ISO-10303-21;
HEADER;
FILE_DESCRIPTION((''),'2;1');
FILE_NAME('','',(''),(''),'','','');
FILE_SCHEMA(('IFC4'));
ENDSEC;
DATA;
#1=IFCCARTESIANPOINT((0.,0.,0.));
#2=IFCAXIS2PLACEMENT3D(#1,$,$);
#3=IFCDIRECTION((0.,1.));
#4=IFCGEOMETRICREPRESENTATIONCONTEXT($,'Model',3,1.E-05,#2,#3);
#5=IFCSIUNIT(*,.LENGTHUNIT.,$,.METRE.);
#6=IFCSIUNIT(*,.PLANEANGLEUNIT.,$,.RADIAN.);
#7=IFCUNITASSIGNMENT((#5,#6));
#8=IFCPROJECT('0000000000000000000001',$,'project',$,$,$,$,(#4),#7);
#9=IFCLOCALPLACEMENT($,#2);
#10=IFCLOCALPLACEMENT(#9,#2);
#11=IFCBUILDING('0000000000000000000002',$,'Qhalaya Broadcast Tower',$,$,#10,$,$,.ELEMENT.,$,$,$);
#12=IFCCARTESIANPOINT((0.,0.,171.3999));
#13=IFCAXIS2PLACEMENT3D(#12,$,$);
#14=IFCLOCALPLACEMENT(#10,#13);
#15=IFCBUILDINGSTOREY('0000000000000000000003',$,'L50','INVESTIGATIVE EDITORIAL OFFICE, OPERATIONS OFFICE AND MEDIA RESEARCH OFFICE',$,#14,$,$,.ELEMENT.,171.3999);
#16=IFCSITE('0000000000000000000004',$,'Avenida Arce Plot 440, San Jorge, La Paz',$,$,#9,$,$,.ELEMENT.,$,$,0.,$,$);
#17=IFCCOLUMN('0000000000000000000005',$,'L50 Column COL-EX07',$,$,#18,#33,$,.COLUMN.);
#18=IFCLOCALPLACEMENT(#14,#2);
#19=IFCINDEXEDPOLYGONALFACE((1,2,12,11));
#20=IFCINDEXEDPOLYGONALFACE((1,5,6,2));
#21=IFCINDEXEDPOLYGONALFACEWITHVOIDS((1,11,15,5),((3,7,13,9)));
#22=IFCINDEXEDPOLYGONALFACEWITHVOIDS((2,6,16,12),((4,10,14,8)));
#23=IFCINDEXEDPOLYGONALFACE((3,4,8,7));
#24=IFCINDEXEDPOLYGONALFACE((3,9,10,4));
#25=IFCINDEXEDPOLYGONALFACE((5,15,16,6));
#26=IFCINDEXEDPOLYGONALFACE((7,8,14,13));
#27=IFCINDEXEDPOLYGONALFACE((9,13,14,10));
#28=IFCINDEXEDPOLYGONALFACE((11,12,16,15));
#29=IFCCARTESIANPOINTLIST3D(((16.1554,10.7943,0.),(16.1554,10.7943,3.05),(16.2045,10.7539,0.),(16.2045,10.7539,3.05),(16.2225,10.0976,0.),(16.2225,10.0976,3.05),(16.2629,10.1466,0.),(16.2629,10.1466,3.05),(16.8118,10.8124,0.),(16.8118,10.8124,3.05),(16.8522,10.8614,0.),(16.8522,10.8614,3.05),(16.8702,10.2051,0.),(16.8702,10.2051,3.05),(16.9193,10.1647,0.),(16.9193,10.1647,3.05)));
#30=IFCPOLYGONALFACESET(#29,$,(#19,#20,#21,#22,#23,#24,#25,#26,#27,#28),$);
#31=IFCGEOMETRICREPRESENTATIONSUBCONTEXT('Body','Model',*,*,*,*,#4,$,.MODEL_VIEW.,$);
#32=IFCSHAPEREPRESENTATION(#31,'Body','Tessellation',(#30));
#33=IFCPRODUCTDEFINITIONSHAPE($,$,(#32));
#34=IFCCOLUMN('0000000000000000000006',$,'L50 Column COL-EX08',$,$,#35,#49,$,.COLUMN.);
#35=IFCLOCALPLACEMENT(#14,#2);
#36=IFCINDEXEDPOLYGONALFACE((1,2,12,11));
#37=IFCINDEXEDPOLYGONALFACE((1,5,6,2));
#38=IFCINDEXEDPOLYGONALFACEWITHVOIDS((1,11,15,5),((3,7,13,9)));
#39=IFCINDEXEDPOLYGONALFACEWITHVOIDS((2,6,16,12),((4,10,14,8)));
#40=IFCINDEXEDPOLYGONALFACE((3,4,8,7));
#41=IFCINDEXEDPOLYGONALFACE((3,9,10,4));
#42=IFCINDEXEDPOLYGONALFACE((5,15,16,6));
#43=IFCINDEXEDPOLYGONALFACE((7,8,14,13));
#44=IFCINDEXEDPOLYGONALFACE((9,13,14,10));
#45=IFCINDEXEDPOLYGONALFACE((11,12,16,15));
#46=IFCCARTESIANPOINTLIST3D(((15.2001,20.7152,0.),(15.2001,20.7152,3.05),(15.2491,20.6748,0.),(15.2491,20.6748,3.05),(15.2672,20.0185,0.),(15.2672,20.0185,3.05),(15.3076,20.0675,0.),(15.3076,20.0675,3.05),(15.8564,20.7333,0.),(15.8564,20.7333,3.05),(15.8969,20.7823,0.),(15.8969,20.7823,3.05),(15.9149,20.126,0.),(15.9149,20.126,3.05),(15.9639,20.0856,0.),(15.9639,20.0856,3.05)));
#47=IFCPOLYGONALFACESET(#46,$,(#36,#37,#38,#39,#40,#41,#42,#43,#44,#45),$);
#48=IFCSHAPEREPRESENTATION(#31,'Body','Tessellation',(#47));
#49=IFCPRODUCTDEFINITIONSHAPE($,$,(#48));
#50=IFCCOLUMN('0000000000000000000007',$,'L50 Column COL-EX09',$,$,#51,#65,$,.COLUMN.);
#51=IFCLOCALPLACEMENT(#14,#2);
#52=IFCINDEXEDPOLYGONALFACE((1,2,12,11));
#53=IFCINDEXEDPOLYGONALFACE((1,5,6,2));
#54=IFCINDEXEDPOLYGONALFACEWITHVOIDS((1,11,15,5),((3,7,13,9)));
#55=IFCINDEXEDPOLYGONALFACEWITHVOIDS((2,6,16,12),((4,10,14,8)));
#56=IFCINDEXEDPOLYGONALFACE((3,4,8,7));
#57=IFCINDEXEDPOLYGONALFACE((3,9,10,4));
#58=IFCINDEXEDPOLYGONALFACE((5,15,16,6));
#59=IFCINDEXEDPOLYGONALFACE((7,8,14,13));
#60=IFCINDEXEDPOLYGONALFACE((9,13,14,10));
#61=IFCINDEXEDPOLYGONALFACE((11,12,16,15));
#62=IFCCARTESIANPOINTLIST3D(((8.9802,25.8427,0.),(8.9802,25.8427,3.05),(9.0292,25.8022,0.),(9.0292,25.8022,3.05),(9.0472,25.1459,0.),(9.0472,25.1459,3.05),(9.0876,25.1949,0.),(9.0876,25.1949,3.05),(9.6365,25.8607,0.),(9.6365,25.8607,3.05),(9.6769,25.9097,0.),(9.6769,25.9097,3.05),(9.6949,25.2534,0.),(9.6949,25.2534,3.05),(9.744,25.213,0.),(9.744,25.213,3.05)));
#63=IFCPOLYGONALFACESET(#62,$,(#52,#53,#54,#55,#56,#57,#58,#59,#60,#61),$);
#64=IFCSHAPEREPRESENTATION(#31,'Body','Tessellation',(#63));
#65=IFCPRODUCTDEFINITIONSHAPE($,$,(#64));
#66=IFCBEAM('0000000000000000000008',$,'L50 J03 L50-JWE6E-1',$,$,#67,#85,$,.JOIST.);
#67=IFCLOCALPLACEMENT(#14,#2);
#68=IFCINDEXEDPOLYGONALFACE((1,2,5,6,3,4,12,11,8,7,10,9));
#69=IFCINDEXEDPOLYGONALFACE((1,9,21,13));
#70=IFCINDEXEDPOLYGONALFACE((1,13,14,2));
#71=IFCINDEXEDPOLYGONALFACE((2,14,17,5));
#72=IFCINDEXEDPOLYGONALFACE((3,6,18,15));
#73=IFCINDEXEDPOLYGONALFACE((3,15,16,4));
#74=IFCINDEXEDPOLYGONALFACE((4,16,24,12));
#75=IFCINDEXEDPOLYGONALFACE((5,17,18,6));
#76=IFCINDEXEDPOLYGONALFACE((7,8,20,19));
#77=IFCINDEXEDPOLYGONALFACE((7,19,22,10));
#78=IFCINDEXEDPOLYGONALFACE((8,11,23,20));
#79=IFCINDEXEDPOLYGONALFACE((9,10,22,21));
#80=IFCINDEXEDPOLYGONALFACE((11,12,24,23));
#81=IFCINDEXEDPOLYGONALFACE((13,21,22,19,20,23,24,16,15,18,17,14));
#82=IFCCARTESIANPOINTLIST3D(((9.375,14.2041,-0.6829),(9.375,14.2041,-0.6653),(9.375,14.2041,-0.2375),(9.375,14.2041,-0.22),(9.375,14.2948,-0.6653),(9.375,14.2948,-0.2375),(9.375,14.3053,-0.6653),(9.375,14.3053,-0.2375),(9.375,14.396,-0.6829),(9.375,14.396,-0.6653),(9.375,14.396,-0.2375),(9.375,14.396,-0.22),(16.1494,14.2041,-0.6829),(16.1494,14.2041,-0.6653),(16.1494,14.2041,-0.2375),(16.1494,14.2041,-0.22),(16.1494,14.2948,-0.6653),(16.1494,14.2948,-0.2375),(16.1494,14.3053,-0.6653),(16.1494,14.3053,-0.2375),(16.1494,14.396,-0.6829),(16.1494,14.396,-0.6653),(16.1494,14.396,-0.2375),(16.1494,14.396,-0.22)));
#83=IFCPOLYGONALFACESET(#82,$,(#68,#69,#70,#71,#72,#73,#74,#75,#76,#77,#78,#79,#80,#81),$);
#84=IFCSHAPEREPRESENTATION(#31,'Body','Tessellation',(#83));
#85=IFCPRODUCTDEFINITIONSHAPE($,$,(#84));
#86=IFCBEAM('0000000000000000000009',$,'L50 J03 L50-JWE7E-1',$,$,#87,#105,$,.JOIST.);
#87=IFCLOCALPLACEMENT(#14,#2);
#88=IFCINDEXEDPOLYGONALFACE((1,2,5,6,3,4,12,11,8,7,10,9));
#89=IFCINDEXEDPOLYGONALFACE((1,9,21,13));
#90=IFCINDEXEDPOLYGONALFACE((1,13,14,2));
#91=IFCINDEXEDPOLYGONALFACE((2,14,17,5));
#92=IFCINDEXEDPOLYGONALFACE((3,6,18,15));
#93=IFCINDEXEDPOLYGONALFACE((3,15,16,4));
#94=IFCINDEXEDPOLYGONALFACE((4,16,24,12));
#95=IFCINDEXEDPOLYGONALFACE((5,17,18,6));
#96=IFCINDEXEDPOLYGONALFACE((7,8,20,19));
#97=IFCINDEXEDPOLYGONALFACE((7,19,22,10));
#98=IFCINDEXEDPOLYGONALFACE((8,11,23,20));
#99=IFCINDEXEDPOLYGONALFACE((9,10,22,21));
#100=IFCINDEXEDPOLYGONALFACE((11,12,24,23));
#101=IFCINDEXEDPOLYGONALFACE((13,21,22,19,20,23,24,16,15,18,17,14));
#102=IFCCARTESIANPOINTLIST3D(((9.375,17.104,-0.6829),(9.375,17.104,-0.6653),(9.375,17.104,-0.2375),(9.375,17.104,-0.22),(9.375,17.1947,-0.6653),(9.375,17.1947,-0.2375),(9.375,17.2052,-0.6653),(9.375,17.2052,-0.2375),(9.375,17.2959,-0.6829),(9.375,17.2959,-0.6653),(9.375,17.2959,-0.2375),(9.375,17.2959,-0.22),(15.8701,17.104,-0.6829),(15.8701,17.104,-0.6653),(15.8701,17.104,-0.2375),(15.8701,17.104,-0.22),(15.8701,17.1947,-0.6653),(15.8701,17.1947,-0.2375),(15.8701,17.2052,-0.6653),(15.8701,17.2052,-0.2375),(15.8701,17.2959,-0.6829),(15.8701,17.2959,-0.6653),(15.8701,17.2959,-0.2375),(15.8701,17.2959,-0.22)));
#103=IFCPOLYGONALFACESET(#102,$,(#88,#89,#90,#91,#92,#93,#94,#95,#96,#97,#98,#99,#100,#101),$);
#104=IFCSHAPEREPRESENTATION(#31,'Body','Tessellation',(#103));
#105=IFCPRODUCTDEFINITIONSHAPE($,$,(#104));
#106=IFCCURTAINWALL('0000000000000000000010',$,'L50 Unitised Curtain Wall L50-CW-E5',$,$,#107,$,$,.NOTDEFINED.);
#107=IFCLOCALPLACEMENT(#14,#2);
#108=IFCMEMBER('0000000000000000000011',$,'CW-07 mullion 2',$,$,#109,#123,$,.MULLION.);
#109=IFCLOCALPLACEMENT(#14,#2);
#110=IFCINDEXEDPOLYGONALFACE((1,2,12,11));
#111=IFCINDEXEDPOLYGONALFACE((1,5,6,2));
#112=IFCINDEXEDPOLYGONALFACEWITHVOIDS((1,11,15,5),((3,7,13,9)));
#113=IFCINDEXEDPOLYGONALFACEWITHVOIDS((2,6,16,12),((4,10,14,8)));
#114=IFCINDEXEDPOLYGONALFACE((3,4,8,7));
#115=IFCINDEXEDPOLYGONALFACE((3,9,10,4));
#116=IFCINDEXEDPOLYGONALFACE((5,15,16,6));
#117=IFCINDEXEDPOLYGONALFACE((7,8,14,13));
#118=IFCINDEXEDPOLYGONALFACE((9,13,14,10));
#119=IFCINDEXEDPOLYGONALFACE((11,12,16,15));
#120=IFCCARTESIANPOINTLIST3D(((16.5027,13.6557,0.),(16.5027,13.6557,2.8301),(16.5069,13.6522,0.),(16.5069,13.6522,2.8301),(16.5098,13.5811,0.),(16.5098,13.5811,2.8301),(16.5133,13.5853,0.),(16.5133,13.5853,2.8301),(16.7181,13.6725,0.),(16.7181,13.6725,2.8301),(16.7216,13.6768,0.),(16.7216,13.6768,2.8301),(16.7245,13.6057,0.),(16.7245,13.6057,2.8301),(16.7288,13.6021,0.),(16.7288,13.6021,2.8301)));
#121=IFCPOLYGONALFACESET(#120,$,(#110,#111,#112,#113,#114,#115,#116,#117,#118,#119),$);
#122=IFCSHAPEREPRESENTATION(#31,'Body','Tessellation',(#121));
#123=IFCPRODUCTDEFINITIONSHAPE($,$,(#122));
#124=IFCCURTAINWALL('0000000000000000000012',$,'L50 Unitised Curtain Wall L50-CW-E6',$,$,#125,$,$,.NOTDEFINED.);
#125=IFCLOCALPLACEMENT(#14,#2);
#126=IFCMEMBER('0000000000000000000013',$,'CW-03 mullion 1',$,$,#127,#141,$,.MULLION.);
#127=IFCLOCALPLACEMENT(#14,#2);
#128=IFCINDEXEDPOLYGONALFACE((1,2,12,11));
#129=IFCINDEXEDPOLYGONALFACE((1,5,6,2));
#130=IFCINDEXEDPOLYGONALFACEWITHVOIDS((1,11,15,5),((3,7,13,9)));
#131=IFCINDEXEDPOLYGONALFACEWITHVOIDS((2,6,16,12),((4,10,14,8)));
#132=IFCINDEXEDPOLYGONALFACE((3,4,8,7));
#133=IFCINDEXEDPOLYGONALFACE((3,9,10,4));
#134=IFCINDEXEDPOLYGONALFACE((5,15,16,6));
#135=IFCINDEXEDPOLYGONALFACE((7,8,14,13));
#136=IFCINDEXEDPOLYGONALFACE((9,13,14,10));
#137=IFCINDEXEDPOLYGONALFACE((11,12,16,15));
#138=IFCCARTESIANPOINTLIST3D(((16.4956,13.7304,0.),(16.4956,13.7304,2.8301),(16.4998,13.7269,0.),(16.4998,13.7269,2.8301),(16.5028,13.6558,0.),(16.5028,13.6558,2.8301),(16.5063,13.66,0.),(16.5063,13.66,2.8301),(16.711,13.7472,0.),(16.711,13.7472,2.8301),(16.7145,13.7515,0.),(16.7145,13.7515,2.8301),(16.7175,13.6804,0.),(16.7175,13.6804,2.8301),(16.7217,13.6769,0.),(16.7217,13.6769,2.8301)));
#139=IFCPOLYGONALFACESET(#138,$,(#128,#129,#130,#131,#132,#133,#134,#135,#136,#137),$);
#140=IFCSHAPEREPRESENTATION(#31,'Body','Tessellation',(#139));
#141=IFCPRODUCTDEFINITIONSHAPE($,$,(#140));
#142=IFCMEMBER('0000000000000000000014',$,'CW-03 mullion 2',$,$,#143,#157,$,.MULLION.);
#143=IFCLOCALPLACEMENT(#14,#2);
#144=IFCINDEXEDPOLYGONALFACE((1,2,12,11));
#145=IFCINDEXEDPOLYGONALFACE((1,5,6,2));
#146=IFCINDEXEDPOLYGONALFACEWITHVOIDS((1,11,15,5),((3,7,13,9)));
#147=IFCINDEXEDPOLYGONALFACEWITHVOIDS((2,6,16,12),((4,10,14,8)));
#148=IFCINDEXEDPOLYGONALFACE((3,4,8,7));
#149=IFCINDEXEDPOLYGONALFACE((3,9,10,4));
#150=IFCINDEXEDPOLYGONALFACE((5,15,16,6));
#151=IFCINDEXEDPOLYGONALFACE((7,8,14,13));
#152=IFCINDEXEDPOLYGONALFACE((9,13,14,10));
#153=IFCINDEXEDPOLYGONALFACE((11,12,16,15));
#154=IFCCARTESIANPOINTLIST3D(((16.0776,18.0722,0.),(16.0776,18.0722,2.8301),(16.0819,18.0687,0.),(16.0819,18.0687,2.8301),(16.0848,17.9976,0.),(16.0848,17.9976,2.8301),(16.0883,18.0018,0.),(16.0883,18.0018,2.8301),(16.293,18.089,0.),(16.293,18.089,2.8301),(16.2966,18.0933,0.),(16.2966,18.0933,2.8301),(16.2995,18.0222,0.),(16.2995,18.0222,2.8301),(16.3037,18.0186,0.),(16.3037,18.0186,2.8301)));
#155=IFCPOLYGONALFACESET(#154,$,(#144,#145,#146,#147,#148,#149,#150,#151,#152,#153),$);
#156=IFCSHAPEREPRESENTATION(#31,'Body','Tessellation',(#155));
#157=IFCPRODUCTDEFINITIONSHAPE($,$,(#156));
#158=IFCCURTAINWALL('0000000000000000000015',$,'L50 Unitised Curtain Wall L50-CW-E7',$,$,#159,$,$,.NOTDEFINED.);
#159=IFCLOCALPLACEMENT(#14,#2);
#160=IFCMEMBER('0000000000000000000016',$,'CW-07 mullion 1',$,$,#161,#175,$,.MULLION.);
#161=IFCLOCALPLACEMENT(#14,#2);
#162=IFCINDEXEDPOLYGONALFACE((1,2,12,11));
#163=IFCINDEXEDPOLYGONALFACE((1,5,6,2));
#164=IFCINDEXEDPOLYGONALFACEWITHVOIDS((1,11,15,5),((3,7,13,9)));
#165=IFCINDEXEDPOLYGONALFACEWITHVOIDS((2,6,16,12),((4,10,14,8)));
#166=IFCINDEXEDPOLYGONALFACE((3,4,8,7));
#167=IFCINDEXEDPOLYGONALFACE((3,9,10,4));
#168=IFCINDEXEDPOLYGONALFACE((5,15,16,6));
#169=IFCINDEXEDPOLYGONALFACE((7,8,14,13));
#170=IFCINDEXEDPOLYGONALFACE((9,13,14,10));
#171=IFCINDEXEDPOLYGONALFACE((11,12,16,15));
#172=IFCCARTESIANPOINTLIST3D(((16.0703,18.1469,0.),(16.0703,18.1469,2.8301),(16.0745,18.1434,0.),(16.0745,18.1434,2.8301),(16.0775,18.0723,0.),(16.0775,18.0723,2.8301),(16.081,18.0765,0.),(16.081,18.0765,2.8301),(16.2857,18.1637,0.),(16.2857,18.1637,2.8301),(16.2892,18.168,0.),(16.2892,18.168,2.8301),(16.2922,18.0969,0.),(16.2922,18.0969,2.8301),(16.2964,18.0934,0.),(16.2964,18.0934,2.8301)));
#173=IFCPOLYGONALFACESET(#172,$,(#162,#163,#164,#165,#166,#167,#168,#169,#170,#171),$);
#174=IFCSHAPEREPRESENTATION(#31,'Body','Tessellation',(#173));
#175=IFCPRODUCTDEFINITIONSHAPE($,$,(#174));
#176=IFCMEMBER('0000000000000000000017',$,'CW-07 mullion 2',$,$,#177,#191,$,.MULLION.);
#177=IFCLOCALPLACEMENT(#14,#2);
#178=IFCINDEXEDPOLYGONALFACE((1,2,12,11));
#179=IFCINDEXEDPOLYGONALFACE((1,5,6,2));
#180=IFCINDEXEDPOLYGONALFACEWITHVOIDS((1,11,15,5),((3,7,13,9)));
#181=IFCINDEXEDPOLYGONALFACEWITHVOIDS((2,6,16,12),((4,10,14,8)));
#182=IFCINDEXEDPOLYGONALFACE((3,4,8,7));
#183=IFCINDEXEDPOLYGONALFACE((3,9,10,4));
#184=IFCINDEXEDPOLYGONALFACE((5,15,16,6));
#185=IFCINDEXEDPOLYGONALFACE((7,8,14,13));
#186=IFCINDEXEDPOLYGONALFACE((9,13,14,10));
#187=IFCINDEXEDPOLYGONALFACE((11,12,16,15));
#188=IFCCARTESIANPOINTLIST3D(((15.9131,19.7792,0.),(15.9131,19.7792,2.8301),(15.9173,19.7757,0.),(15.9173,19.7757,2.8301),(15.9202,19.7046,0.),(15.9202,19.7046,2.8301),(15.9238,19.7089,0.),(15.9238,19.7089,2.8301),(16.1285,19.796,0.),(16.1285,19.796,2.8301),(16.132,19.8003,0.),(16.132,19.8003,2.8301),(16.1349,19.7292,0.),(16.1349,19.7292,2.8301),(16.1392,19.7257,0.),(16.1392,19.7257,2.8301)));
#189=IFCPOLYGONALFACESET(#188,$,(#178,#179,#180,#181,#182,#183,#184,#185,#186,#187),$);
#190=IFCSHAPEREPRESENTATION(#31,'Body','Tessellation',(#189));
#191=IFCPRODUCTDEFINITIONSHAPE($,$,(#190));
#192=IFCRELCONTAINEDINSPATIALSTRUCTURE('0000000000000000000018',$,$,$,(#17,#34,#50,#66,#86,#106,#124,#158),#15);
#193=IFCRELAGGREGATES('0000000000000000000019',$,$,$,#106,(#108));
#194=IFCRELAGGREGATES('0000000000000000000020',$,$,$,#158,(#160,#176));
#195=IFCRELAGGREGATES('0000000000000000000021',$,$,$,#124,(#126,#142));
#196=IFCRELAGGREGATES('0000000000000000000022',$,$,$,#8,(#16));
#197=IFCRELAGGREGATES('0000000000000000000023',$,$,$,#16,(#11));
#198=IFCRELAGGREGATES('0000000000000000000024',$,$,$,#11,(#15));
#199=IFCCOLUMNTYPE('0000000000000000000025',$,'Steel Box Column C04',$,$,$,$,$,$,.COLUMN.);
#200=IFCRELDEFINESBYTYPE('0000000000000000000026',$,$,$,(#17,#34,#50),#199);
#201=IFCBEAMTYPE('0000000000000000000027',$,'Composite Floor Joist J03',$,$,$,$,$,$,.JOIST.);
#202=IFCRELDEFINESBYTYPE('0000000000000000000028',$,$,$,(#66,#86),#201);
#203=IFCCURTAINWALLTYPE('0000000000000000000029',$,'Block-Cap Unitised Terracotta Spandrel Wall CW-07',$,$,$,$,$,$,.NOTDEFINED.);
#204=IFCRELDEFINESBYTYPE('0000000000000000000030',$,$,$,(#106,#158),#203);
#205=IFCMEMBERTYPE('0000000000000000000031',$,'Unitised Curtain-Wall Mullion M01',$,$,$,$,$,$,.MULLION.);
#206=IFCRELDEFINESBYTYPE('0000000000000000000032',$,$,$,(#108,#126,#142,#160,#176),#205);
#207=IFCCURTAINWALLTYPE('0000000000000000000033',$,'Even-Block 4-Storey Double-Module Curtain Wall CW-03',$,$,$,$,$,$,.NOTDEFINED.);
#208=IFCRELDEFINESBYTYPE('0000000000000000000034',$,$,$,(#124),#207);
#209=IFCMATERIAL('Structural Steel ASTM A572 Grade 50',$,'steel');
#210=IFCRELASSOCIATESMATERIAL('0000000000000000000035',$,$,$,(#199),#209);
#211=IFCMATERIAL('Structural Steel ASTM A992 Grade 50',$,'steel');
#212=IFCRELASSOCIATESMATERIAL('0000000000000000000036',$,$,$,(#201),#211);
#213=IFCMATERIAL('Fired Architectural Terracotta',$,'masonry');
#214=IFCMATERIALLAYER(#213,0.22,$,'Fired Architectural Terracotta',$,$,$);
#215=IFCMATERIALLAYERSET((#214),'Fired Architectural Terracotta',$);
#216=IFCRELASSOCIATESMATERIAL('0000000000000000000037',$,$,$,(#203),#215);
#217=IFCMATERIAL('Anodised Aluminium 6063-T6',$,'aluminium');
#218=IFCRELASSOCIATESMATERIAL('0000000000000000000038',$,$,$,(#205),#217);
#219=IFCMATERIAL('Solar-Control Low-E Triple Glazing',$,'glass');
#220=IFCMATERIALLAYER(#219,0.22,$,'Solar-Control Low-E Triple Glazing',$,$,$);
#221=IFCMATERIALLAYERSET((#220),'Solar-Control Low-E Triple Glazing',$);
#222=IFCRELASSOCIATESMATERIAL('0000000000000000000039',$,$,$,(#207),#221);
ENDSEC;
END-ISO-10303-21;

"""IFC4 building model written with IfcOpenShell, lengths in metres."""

from ifc_helpers import new_model, si_unit, direction, frame, origin, origin_2d, place, context, subcontext, project, spatial, hollow_rectangle, i_section, extrude, material, layer, layer_set, material_profile, profile_set, type_object, element, aggregate, save


model = new_model("IFC4")

# Units and contexts
model_context = context("Model", 3, precision=1e-05, world=origin(), true_north=direction((0.0, 1.0)))
body_context = subcontext(model_context, "Body", "Model", "MODEL_VIEW")
ifc_project = project(units=[si_unit("LENGTHUNIT", "METRE"), si_unit("PLANEANGLEUNIT", "RADIAN")], contexts=[model_context])

# Site, building, storey
site_placement = place(None, origin())
site = spatial("IfcSite", under=ifc_project, at=site_placement, Name="Avenida Arce Plot 440, San Jorge, La Paz", CompositionType="ELEMENT", RefElevation=0.0)
building_placement = place(site_placement, origin())
building = spatial("IfcBuilding", under=site, at=building_placement, Name="Qhalaya Broadcast Tower", CompositionType="ELEMENT")
storey_placement = place(building_placement, frame((0.0, 0.0, 171.3999)))
storey = spatial("IfcBuildingStorey", under=building, at=storey_placement, Name="L50", Description="INVESTIGATIVE EDITORIAL OFFICE, OPERATIONS OFFICE AND MEDIA RESEARCH OFFICE", CompositionType="ELEMENT", Elevation=171.3999)

# Columns
ifc_material_1 = material(Name="Structural Steel ASTM A572 Grade 50", Category="steel")
ifc_material_profile_1 = material_profile(ifc_material_1, hollow_rectangle(XDim=0.7, YDim=0.7, WallThickness=0.0449, at=origin_2d()), Name="BOX 700x700x45")
ifc_profile_set_1 = profile_set([ifc_material_profile_1], Name="Structural Steel ASTM A572 Grade 50")
column_type = type_object("IfcColumnType", Name="Steel Box Column C04", PredefinedType="COLUMN", material=ifc_profile_set_1)
for number, where, z_axis, x_axis, name in (
    (1, (16.5374, 10.4795, 0.0), (0.0, 0.0, 1.0), (-0.095846, 0.995396, 0.0), "L50 Column COL-EX07"),
    (2, (15.582, 20.4004, 0.0), (0.0, 0.0, 1.0), (-0.095846, 0.995396, 0.0), "L50 Column COL-EX08"),
    (3, (9.3621, 25.5278, 0.0), (0.0, 0.0, 1.0), (0.995396, 0.095846, 0.0), "L50 Column COL-EX09"),
):
    element("IfcColumn", number, at=place(storey_placement, frame(where, z_axis=z_axis, x_axis=x_axis)), inside=storey, type_object=column_type, Name=name, PredefinedType="COLUMN", context=body_context, shape_type="SweptSolid", body=[
        extrude(hollow_rectangle(XDim=0.7, YDim=0.7, WallThickness=0.0449, at=origin_2d()), origin(), (0.0, 0.0, 1.0), 3.05),
    ])

# Beams
ifc_material_2 = material(Name="Structural Steel ASTM A992 Grade 50", Category="steel")
ifc_material_profile_2 = material_profile(ifc_material_2, i_section(OverallWidth=0.1919, OverallDepth=0.4629, WebThickness=0.0105, FlangeThickness=0.0176, at=origin_2d()), Name="W18X60")
ifc_profile_set_2 = profile_set([ifc_material_profile_2], Name="Structural Steel ASTM A992 Grade 50")
beam_type_1 = type_object("IfcBeamType", Name="Composite Floor Joist J03", PredefinedType="JOIST", material=ifc_profile_set_2)
beam_1_placement = place(storey_placement, frame((9.375, 14.3, -0.4514), z_axis=(1.0, 0.0, 0.0), x_axis=(0.0, 1.0, 0.0)))
element("IfcBeam", 4, at=beam_1_placement, inside=storey, type_object=beam_type_1, Name="L50 J03 L50-JWE6E-1", PredefinedType="JOIST", context=body_context, shape_type="SweptSolid", body=[
    extrude(i_section(OverallWidth=0.1919, OverallDepth=0.4629, WebThickness=0.0105, FlangeThickness=0.0176, at=origin_2d()), origin(), (0.0, 0.0, 1.0), 6.7744),
])
beam_2_placement = place(storey_placement, frame((9.375, 17.2, -0.4514), z_axis=(1.0, 0.0, 0.0), x_axis=(0.0, 1.0, 0.0)))
element("IfcBeam", 5, at=beam_2_placement, inside=storey, type_object=beam_type_1, Name="L50 J03 L50-JWE7E-1", PredefinedType="JOIST", context=body_context, shape_type="SweptSolid", body=[
    extrude(i_section(OverallWidth=0.1919, OverallDepth=0.4629, WebThickness=0.0105, FlangeThickness=0.0176, at=origin_2d()), origin(), (0.0, 0.0, 1.0), 6.4951),
])

# Curtain wall, member
ifc_material_3 = material(Name="Fired Architectural Terracotta", Category="masonry")
ifc_layer_1 = layer(ifc_material_3, 0.22, Name="Fired Architectural Terracotta")
ifc_layer_set_1 = layer_set([ifc_layer_1], Name="Fired Architectural Terracotta")
curtain_wall_type_1 = type_object("IfcCurtainWallType", Name="Block-Cap Unitised Terracotta Spandrel Wall CW-07", PredefinedType="NOTDEFINED", material=ifc_layer_set_1)
curtain_wall_1_placement = place(storey_placement, origin())
curtain_wall_1 = element("IfcCurtainWall", 6, at=curtain_wall_1_placement, inside=storey, type_object=curtain_wall_type_1, Name="L50 Unitised Curtain Wall L50-CW-E5", PredefinedType="NOTDEFINED")
ifc_material_4 = material(Name="Anodised Aluminium 6063-T6", Category="aluminium")
ifc_material_profile_3 = material_profile(ifc_material_4, hollow_rectangle(XDim=0.075, YDim=0.22, WallThickness=0.0039, at=origin_2d()), Name="ALU-MUL 75x220x4")
ifc_profile_set_3 = profile_set([ifc_material_profile_3], Name="Anodised Aluminium 6063-T6")
member_type_1 = type_object("IfcMemberType", Name="Unitised Curtain-Wall Mullion M01", PredefinedType="MULLION", material=ifc_profile_set_3)
member_1_placement = place(storey_placement, frame((16.6157, 13.6289, 0.0), z_axis=(0.0, 0.0, 1.0), x_axis=(-0.095849, 0.995396, 0.0)))
member_1 = element("IfcMember", 7, at=member_1_placement, type_object=member_type_1, Name="CW-07 mullion 2", PredefinedType="MULLION", context=body_context, shape_type="SweptSolid", body=[
    extrude(hollow_rectangle(XDim=0.075, YDim=0.22, WallThickness=0.0039, at=origin_2d()), origin(), (0.0, 0.0, 1.0), 2.8301),
])

# Curtain walls, members
ifc_material_5 = material(Name="Solar-Control Low-E Triple Glazing", Category="glass")
ifc_layer_2 = layer(ifc_material_5, 0.22, Name="Solar-Control Low-E Triple Glazing")
ifc_layer_set_2 = layer_set([ifc_layer_2], Name="Solar-Control Low-E Triple Glazing")
curtain_wall_type_2 = type_object("IfcCurtainWallType", Name="Even-Block 4-Storey Double-Module Curtain Wall CW-03", PredefinedType="NOTDEFINED", material=ifc_layer_set_2)
curtain_wall_2_placement = place(storey_placement, origin())
curtain_wall_2 = element("IfcCurtainWall", 8, at=curtain_wall_2_placement, inside=storey, type_object=curtain_wall_type_2, Name="L50 Unitised Curtain Wall L50-CW-E6", PredefinedType="NOTDEFINED")
member_2_placement = place(storey_placement, frame((16.6086, 13.7036, 0.0), z_axis=(0.0, 0.0, 1.0), x_axis=(-0.095832, 0.995398, 0.0)))
member_2 = element("IfcMember", 9, at=member_2_placement, type_object=member_type_1, Name="CW-03 mullion 1", PredefinedType="MULLION", context=body_context, shape_type="SweptSolid", body=[
    extrude(hollow_rectangle(XDim=0.075, YDim=0.22, WallThickness=0.0039, at=origin_2d()), origin(), (0.0, 0.0, 1.0), 2.8301),
])
member_3_placement = place(storey_placement, frame((16.1907, 18.0454, 0.0), z_axis=(0.0, 0.0, 1.0), x_axis=(-0.095832, 0.995398, 0.0)))
member_3 = element("IfcMember", 10, at=member_3_placement, type_object=member_type_1, Name="CW-03 mullion 2", PredefinedType="MULLION", context=body_context, shape_type="SweptSolid", body=[
    extrude(hollow_rectangle(XDim=0.075, YDim=0.22, WallThickness=0.0039, at=origin_2d()), origin(), (0.0, 0.0, 1.0), 2.8301),
])
curtain_wall_3_placement = place(storey_placement, origin())
curtain_wall_3 = element("IfcCurtainWall", 11, at=curtain_wall_3_placement, inside=storey, type_object=curtain_wall_type_1, Name="L50 Unitised Curtain Wall L50-CW-E7", PredefinedType="NOTDEFINED")
member_4_placement = place(storey_placement, frame((16.1833, 18.1201, 0.0), z_axis=(0.0, 0.0, 1.0), x_axis=(-0.09586, 0.995395, 0.0)))
member_4 = element("IfcMember", 12, at=member_4_placement, type_object=member_type_1, Name="CW-07 mullion 1", PredefinedType="MULLION", context=body_context, shape_type="SweptSolid", body=[
    extrude(hollow_rectangle(XDim=0.075, YDim=0.22, WallThickness=0.0039, at=origin_2d()), origin(), (0.0, 0.0, 1.0), 2.8301),
])
member_5_placement = place(storey_placement, frame((16.0261, 19.7524, 0.0), z_axis=(0.0, 0.0, 1.0), x_axis=(-0.09586, 0.995395, 0.0)))
member_5 = element("IfcMember", 13, at=member_5_placement, type_object=member_type_1, Name="CW-07 mullion 2", PredefinedType="MULLION", context=body_context, shape_type="SweptSolid", body=[
    extrude(hollow_rectangle(XDim=0.075, YDim=0.22, WallThickness=0.0039, at=origin_2d()), origin(), (0.0, 0.0, 1.0), 2.8301),
])

aggregate(curtain_wall_1, [member_1])
aggregate(curtain_wall_3, [member_4, member_5])
aggregate(curtain_wall_2, [member_2, member_3])

save(model, "model.ifc")
